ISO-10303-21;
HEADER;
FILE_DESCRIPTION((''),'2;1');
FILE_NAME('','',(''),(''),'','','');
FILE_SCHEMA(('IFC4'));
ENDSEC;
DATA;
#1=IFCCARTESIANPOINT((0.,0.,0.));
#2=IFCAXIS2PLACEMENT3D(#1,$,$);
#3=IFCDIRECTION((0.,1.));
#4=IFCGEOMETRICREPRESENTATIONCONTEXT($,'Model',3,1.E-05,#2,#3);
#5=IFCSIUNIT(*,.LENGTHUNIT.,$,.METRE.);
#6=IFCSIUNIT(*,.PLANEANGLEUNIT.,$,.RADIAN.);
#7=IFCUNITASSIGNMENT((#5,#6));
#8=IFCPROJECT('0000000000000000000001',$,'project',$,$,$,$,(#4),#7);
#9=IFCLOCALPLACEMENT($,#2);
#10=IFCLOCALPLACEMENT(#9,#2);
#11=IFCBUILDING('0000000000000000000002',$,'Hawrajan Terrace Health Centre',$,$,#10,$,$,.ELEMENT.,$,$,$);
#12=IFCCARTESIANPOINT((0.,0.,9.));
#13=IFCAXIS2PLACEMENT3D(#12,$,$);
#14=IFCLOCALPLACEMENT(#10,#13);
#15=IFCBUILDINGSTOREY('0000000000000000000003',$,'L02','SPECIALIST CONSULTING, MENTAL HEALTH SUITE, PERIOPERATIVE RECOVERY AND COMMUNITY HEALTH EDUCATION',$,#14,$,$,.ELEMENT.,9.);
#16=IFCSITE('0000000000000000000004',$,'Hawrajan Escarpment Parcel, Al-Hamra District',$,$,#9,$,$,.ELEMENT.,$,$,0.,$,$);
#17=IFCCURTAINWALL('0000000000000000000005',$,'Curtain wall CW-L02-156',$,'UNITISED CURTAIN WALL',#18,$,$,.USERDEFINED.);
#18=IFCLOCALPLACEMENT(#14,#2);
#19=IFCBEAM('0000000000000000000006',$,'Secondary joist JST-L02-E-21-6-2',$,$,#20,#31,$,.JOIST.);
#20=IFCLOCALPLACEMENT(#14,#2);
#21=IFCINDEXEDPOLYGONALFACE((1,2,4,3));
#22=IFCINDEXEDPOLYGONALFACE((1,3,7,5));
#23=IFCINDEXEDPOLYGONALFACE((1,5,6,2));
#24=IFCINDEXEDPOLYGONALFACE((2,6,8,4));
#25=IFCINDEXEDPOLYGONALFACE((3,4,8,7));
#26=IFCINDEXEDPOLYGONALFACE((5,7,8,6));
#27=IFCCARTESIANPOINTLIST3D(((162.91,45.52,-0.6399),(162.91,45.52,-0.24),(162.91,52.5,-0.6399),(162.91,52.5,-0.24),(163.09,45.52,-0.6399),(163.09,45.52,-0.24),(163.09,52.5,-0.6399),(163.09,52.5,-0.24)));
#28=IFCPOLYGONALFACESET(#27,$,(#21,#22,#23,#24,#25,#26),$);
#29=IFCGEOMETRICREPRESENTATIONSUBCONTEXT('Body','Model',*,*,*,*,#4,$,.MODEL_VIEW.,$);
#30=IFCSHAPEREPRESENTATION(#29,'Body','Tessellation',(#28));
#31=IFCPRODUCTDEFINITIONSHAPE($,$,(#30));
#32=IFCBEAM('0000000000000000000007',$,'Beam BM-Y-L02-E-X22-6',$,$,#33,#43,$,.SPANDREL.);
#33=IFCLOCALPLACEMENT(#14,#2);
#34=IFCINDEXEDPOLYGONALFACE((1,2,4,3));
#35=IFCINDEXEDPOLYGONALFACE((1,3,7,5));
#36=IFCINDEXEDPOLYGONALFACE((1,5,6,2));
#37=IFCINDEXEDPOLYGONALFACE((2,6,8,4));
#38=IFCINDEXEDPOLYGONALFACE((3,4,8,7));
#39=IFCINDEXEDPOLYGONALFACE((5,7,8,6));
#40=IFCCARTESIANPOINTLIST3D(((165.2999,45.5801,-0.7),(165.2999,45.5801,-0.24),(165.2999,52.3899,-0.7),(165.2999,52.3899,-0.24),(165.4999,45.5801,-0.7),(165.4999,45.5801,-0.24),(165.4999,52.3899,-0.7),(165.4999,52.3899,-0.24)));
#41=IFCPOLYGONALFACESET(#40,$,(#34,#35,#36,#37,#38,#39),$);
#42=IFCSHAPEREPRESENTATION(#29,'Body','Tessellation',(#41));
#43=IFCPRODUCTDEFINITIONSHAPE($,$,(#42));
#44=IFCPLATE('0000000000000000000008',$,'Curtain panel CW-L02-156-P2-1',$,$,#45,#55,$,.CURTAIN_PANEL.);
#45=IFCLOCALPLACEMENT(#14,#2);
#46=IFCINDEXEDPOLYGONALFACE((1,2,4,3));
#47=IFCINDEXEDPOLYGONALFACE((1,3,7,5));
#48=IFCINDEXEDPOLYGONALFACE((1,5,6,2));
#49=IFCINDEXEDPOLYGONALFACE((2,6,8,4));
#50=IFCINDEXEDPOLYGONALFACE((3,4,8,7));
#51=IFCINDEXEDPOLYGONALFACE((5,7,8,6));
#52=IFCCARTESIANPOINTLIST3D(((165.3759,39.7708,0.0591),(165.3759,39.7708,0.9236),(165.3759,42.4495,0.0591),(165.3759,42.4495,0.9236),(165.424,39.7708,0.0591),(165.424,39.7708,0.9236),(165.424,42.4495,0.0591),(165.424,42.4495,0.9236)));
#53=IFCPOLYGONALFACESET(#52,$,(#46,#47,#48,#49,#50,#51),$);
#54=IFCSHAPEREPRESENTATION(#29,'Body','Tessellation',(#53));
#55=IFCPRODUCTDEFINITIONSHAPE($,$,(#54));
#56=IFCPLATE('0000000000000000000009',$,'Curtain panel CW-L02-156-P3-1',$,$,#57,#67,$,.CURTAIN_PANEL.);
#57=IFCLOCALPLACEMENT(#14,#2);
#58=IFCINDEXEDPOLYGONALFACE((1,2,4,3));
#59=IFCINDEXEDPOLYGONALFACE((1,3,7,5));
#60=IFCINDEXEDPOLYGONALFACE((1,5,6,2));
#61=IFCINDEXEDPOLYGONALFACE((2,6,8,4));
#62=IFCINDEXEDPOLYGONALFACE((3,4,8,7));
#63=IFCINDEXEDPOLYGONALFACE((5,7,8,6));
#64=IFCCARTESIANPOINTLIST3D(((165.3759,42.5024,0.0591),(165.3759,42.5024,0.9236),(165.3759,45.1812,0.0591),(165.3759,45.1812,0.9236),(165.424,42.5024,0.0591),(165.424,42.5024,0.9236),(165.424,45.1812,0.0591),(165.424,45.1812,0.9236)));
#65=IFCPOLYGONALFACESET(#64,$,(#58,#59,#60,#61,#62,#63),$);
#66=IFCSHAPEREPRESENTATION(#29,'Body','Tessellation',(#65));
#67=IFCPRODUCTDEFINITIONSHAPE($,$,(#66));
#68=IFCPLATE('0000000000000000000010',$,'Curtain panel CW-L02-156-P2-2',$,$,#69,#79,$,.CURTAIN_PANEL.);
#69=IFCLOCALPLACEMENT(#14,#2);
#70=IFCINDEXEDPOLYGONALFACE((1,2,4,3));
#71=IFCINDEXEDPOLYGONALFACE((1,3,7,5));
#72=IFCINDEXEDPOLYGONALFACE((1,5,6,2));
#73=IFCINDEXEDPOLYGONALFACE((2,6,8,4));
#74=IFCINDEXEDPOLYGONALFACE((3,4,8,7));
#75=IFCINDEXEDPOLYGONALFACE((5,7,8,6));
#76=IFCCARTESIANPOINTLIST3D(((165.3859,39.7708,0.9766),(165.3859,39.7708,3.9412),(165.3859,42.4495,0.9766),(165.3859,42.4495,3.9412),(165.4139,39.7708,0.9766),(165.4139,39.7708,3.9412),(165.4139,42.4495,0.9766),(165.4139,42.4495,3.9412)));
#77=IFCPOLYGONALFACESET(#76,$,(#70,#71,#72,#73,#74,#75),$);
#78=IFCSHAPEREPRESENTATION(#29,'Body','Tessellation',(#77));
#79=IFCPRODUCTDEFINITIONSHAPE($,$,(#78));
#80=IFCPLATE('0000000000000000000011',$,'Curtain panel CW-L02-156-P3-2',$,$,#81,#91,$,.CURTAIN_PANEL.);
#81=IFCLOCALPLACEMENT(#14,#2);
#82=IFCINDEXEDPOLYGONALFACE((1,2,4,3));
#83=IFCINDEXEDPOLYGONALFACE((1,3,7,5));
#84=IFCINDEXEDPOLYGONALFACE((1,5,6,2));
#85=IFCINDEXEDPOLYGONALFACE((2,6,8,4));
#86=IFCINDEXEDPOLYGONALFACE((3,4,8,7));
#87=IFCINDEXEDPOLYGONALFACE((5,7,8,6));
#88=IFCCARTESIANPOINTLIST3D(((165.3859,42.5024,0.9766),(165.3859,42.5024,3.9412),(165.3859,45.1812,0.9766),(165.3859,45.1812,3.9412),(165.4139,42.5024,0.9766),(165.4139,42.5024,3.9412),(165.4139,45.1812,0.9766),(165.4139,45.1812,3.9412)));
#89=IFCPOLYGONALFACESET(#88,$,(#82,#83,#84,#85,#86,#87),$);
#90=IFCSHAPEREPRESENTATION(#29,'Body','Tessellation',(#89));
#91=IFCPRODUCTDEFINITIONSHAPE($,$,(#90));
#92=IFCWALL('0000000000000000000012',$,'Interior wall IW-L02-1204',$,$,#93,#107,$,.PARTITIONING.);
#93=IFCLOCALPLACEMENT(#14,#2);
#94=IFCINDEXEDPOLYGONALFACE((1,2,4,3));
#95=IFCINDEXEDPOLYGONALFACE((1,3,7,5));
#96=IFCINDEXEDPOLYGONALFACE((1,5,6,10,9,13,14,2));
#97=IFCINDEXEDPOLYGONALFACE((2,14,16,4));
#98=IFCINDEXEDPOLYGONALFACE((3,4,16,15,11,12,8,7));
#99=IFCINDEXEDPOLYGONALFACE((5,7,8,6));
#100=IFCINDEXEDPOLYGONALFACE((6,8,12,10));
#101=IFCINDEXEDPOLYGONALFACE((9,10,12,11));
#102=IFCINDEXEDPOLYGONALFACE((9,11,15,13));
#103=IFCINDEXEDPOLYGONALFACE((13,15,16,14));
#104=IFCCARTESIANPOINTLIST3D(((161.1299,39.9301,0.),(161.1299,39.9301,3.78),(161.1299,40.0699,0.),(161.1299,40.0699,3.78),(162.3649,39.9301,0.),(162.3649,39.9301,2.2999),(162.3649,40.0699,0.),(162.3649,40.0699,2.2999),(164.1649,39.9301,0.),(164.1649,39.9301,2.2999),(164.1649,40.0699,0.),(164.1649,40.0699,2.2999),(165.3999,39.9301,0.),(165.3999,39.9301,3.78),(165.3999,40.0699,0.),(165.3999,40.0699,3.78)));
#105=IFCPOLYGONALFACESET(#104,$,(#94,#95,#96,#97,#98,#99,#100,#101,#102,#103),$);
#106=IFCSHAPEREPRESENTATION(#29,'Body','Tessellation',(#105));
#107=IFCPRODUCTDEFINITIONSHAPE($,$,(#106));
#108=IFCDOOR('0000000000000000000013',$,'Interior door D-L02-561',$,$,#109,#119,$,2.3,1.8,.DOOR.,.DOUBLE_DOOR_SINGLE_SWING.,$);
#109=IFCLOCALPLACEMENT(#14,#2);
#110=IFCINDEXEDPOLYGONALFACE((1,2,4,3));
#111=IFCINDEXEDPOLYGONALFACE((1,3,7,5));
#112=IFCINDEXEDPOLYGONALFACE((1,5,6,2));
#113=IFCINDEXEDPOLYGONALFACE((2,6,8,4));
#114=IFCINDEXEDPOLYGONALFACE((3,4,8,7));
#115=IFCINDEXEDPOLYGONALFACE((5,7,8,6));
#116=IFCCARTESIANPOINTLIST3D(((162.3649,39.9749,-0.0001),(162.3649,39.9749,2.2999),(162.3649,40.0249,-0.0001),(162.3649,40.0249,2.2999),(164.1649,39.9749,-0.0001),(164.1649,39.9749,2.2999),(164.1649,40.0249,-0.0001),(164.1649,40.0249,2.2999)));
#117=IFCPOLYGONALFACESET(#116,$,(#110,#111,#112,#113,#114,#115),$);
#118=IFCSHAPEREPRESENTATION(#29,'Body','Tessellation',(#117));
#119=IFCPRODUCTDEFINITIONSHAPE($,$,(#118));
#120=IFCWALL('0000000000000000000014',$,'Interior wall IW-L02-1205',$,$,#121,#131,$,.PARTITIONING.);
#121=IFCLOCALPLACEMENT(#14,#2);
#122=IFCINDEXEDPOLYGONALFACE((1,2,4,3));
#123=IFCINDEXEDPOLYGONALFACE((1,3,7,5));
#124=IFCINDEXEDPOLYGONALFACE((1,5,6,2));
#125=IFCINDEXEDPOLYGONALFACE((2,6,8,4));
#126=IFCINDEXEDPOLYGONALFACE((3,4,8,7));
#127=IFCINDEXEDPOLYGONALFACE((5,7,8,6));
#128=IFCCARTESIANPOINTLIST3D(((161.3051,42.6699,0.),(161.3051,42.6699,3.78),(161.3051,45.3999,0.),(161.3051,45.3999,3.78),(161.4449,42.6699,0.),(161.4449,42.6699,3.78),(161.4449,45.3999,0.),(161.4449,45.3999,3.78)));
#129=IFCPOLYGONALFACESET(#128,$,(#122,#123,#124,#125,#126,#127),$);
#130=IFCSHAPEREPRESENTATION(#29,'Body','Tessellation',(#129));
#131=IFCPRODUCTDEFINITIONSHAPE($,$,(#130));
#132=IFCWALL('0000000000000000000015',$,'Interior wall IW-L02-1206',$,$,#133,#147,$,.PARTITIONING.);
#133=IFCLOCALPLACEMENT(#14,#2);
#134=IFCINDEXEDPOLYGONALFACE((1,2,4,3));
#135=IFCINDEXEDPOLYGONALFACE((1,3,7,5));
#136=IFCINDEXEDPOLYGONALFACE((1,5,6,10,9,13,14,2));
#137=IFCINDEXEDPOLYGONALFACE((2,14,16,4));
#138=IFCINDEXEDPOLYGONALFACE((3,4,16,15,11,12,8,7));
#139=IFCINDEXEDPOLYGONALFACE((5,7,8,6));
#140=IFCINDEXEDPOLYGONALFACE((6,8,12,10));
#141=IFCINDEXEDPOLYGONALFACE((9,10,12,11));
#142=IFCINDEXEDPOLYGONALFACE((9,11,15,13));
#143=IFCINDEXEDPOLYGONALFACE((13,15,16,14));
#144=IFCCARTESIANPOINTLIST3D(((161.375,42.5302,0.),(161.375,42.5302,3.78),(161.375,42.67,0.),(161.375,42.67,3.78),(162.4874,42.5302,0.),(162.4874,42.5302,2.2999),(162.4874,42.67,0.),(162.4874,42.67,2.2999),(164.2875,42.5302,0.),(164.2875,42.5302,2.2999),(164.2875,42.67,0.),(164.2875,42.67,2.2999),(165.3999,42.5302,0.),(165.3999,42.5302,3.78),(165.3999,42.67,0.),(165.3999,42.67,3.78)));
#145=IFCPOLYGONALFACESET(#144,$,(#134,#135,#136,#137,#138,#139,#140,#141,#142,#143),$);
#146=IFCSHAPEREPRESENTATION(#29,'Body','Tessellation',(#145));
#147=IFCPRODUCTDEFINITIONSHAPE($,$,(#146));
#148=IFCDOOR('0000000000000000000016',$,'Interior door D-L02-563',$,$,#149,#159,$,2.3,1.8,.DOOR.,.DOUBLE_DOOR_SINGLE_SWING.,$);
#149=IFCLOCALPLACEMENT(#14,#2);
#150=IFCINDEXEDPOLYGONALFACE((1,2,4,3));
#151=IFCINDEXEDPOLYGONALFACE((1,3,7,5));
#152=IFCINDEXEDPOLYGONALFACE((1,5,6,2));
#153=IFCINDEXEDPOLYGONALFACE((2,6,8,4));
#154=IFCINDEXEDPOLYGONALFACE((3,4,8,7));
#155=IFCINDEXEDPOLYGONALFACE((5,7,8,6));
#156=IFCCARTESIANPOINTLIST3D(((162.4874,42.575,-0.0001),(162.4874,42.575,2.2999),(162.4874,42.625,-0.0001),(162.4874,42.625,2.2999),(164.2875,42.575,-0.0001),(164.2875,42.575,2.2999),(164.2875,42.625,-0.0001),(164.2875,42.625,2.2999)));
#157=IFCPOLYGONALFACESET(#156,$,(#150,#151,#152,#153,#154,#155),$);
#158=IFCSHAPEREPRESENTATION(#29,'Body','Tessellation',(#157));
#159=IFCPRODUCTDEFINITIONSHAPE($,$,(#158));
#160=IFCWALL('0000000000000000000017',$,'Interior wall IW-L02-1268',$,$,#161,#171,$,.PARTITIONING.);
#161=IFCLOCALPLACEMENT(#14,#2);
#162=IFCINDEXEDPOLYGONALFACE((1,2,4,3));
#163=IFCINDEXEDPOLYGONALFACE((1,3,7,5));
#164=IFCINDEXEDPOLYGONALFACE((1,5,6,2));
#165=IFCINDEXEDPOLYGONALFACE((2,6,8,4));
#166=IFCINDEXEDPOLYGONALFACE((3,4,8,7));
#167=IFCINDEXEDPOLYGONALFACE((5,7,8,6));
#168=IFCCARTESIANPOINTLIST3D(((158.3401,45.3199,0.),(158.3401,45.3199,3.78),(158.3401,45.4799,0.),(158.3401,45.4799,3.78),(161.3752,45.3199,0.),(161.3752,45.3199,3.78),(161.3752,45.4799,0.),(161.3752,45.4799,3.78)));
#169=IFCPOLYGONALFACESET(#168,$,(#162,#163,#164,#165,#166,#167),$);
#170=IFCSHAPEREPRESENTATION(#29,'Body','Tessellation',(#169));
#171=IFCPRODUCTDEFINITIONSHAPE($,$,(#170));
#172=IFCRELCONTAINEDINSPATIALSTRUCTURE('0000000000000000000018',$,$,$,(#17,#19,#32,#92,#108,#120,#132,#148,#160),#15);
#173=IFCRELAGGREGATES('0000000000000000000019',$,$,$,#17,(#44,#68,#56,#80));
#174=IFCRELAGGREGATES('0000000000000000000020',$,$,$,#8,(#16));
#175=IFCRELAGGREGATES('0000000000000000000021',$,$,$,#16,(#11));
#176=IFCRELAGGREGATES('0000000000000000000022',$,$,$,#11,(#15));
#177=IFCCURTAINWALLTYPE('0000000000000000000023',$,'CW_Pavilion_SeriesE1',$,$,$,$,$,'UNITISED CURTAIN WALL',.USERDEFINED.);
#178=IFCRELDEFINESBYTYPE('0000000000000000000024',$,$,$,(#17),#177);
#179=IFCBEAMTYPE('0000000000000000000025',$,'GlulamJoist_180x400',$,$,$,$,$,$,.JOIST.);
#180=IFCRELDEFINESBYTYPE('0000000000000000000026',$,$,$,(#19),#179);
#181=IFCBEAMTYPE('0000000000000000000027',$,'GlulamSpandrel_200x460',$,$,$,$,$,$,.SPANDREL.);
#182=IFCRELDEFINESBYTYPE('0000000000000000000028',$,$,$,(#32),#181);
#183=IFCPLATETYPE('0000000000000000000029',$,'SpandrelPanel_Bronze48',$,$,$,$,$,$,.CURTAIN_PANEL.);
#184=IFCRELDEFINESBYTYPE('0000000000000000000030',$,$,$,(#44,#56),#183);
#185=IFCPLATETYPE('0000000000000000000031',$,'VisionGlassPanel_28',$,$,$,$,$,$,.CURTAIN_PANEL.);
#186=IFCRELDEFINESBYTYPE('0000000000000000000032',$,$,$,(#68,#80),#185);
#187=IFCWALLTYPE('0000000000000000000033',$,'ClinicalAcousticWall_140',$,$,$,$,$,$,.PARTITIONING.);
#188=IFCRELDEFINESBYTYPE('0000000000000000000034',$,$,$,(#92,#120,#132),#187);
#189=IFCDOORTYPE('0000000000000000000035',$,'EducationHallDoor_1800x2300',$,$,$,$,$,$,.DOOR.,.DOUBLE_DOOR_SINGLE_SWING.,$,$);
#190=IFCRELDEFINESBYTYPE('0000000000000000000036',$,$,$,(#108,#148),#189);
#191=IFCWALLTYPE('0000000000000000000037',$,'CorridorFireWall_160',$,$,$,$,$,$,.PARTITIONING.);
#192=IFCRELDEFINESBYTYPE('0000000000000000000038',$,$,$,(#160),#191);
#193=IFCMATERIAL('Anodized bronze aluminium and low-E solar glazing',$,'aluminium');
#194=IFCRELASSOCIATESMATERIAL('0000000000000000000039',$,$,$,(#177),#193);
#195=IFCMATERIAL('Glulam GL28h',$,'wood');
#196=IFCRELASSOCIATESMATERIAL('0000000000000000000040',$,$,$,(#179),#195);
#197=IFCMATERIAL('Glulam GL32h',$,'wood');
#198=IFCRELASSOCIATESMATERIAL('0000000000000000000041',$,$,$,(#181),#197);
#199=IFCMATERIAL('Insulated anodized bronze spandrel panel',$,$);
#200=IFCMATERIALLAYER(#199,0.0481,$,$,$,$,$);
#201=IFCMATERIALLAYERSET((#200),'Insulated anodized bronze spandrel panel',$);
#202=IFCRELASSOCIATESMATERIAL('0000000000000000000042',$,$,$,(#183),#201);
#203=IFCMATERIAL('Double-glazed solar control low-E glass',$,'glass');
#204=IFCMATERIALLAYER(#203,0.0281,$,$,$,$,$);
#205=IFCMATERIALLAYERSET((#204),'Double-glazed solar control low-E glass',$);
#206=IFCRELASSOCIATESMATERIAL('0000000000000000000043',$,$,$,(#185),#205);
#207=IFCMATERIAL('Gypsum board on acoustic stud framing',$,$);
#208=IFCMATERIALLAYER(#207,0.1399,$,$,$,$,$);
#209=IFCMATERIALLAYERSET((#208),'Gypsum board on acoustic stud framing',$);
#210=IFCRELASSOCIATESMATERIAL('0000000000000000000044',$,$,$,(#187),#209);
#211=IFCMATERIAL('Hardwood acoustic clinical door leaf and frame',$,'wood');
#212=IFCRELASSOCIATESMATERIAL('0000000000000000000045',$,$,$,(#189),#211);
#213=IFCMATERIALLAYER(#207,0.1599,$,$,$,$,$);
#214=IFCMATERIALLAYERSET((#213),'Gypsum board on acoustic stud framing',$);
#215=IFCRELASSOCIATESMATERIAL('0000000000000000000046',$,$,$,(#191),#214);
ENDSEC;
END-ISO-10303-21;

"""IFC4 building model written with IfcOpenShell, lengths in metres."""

from ifc_helpers import new_model, si_unit, direction, frame, frame_2d, origin, origin_2d, place, context, subcontext, project, spatial, rectangle, extrude, material, layer, layer_set, material_profile, profile_set, type_object, element, fill, aggregate, save


model = new_model("IFC4")

# Units and contexts
model_context = context("Model", 3, precision=1e-05, world=origin(), true_north=direction((0.0, 1.0)))
body_context = subcontext(model_context, "Body", "Model", "MODEL_VIEW")
ifc_project = project(units=[si_unit("LENGTHUNIT", "METRE"), si_unit("PLANEANGLEUNIT", "RADIAN")], contexts=[model_context])

# Site, building, storey
site_placement = place(None, origin())
site = spatial("IfcSite", under=ifc_project, at=site_placement, Name="Hawrajan Escarpment Parcel, Al-Hamra District", CompositionType="ELEMENT", RefElevation=0.0)
building_placement = place(site_placement, origin())
building = spatial("IfcBuilding", under=site, at=building_placement, Name="Hawrajan Terrace Health Centre", CompositionType="ELEMENT")
storey_placement = place(building_placement, frame((0.0, 0.0, 9.0)))
storey = spatial("IfcBuildingStorey", under=building, at=storey_placement, Name="L02", Description="SPECIALIST CONSULTING, MENTAL HEALTH SUITE, PERIOPERATIVE RECOVERY AND COMMUNITY HEALTH EDUCATION", CompositionType="ELEMENT", Elevation=9.0)

# Shared definitions
ifc_material_1 = material(Name="Glulam GL32h", Category="wood")

# Curtain wall
ifc_material_2 = material(Name="Anodized bronze aluminium and low-E solar glazing", Category="aluminium")
curtain_wall_type_1 = type_object("IfcCurtainWallType", Name="CW_Pavilion_SeriesE1", ElementType="UNITISED CURTAIN WALL", PredefinedType="USERDEFINED", material=ifc_material_2)
curtain_wall_1_placement = place(storey_placement, origin())
curtain_wall_1 = element("IfcCurtainWall", 1, at=curtain_wall_1_placement, inside=storey, type_object=curtain_wall_type_1, Name="Curtain wall CW-L02-156", ObjectType="UNITISED CURTAIN WALL", PredefinedType="USERDEFINED")

# Beams
ifc_material_3 = material(Name="Glulam GL28h", Category="wood")
ifc_material_profile_1 = material_profile(ifc_material_3, rectangle(XDim=0.1799, YDim=0.3999, at=origin_2d()), Name="GL JST 180x400")
ifc_profile_set_1 = profile_set([ifc_material_profile_1], Name="Glulam GL28h")
beam_type_1 = type_object("IfcBeamType", Name="GlulamJoist_180x400", PredefinedType="JOIST", material=ifc_profile_set_1)
beam_1_placement = place(storey_placement, frame((163.0, 45.52, -0.4399), z_axis=(0.0, 1.0, 0.0), x_axis=(-1.0, 0.0, 0.0)))
element("IfcBeam", 2, at=beam_1_placement, inside=storey, type_object=beam_type_1, Name="Secondary joist JST-L02-E-21-6-2", PredefinedType="JOIST", context=body_context, shape_type="SweptSolid", body=[
    extrude(rectangle(XDim=0.1799, YDim=0.3999, at=origin_2d()), origin(), (0.0, 0.0, 1.0), 6.98),
])
ifc_material_profile_2 = material_profile(ifc_material_1, rectangle(XDim=0.2, YDim=0.46, at=origin_2d()), Name="GL SP 200x460")
ifc_profile_set_2 = profile_set([ifc_material_profile_2], Name="Glulam GL32h")
beam_type_2 = type_object("IfcBeamType", Name="GlulamSpandrel_200x460", PredefinedType="SPANDREL", material=ifc_profile_set_2)
beam_2_placement = place(storey_placement, frame((165.3999, 45.5801, -0.47), z_axis=(0.0, 1.0, 0.0), x_axis=(-1.0, 0.0, 0.0)))
element("IfcBeam", 3, at=beam_2_placement, inside=storey, type_object=beam_type_2, Name="Beam BM-Y-L02-E-X22-6", PredefinedType="SPANDREL", context=body_context, shape_type="SweptSolid", body=[
    extrude(rectangle(XDim=0.2, YDim=0.46, at=origin_2d()), origin(), (0.0, 0.0, 1.0), 6.8098),
])

# Plates
ifc_material_4 = material(Name="Insulated anodized bronze spandrel panel")
ifc_layer_1 = layer(ifc_material_4, 0.0481)
ifc_layer_set_1 = layer_set([ifc_layer_1], Name="Insulated anodized bronze spandrel panel")
plate_type_1 = type_object("IfcPlateType", Name="SpandrelPanel_Bronze48", PredefinedType="CURTAIN_PANEL", material=ifc_layer_set_1)
plate_1_placement = place(storey_placement, frame((165.3999, 41.1101, 0.0591), z_axis=(0.0, 0.0, 1.0), x_axis=(0.0, 1.0, 0.0)))
plate_1 = element("IfcPlate", 4, at=plate_1_placement, type_object=plate_type_1, Name="Curtain panel CW-L02-156-P2-1", PredefinedType="CURTAIN_PANEL", context=body_context, shape_type="SweptSolid", body=[
    extrude(rectangle(XDim=2.6787, YDim=0.0481, at=origin_2d()), origin(), (0.0, 0.0, 1.0), 0.8645),
])
plate_2_placement = place(storey_placement, frame((165.3999, 43.8418, 0.0591), z_axis=(0.0, 0.0, 1.0), x_axis=(0.0, 1.0, 0.0)))
plate_2 = element("IfcPlate", 5, at=plate_2_placement, type_object=plate_type_1, Name="Curtain panel CW-L02-156-P3-1", PredefinedType="CURTAIN_PANEL", context=body_context, shape_type="SweptSolid", body=[
    extrude(rectangle(XDim=2.6787, YDim=0.0481, at=origin_2d()), origin(), (0.0, 0.0, 1.0), 0.8645),
])
ifc_material_5 = material(Name="Double-glazed solar control low-E glass", Category="glass")
ifc_layer_2 = layer(ifc_material_5, 0.0281)
ifc_layer_set_2 = layer_set([ifc_layer_2], Name="Double-glazed solar control low-E glass")
plate_type_2 = type_object("IfcPlateType", Name="VisionGlassPanel_28", PredefinedType="CURTAIN_PANEL", material=ifc_layer_set_2)
plate_3_placement = place(storey_placement, frame((165.3999, 41.1101, 0.9766), z_axis=(0.0, 0.0, 1.0), x_axis=(0.0, 1.0, 0.0)))
plate_3 = element("IfcPlate", 6, at=plate_3_placement, type_object=plate_type_2, Name="Curtain panel CW-L02-156-P2-2", PredefinedType="CURTAIN_PANEL", context=body_context, shape_type="SweptSolid", body=[
    extrude(rectangle(XDim=2.6787, YDim=0.0281, at=origin_2d()), origin(), (0.0, 0.0, 1.0), 2.9646),
])
plate_4_placement = place(storey_placement, frame((165.3999, 43.8418, 0.9766), z_axis=(0.0, 0.0, 1.0), x_axis=(0.0, 1.0, 0.0)))
plate_4 = element("IfcPlate", 7, at=plate_4_placement, type_object=plate_type_2, Name="Curtain panel CW-L02-156-P3-2", PredefinedType="CURTAIN_PANEL", context=body_context, shape_type="SweptSolid", body=[
    extrude(rectangle(XDim=2.6787, YDim=0.0281, at=origin_2d()), origin(), (0.0, 0.0, 1.0), 2.9646),
])
aggregate(curtain_wall_1, [plate_1, plate_3, plate_2, plate_4])

# Wall, opening, door
ifc_material_6 = material(Name="Gypsum board on acoustic stud framing")
ifc_layer_3 = layer(ifc_material_6, 0.1399)
ifc_layer_set_3 = layer_set([ifc_layer_3], Name="Gypsum board on acoustic stud framing")
wall_type_1 = type_object("IfcWallType", Name="ClinicalAcousticWall_140", PredefinedType="PARTITIONING", material=ifc_layer_set_3)
wall_1_placement = place(storey_placement, frame((161.1299, 40.0, 0.0), z_axis=(0.0, 0.0, 1.0), x_axis=(1.0, 0.0, 0.0)))
wall_1 = element("IfcWall", 8, at=wall_1_placement, inside=storey, type_object=wall_type_1, Name="Interior wall IW-L02-1204", PredefinedType="PARTITIONING", context=body_context, shape_type="SweptSolid", body=[
    extrude(rectangle(XDim=4.27, YDim=0.1399, at=frame_2d((2.135, 0.0))), origin(), (0.0, 0.0, 1.0), 3.78),
])
opening_1_placement = place(wall_1_placement, frame((1.2351, 0.0, 0.0)))
opening_1 = element("IfcOpeningElement", 9, at=opening_1_placement, cuts=wall_1, PredefinedType="OPENING", context=body_context, shape_type="SweptSolid", body=[
    extrude(rectangle(XDim=1.8, YDim=2.3, at=frame_2d((0.8999, 1.1499))), frame((0.0, 0.0798, 0.0), z_axis=(0.0, -1.0, 0.0), x_axis=(1.0, 0.0, 0.0)), (0.0, 0.0, 1.0), 0.1599),
])
ifc_material_7 = material(Name="Hardwood acoustic clinical door leaf and frame", Category="wood")
door_type = type_object("IfcDoorType", Name="EducationHallDoor_1800x2300", OperationType="DOUBLE_DOOR_SINGLE_SWING", PredefinedType="DOOR", material=ifc_material_7)
door_1_placement = place(opening_1_placement, origin())
door_1 = element("IfcDoor", 10, at=door_1_placement, inside=storey, type_object=door_type, Name="Interior door D-L02-561", OperationType="DOUBLE_DOOR_SINGLE_SWING", OverallHeight=2.3, OverallWidth=1.8, PredefinedType="DOOR", context=body_context, shape_type="SweptSolid", body=[
    extrude(rectangle(XDim=1.8, YDim=2.3, at=frame_2d((0.8999, 1.1499))), frame((0.0, 0.0249, 0.0), z_axis=(0.0, -1.0, 0.0), x_axis=(1.0, 0.0, 0.0)), (0.0, 0.0, 1.0), 0.05),
])
fill(opening_1, door_1)

# Wall
wall_2_placement = place(storey_placement, frame((161.375, 42.6699, 0.0), z_axis=(0.0, 0.0, 1.0), x_axis=(0.0, 1.0, 0.0)))
element("IfcWall", 11, at=wall_2_placement, inside=storey, type_object=wall_type_1, Name="Interior wall IW-L02-1205", PredefinedType="PARTITIONING", context=body_context, shape_type="SweptSolid", body=[
    extrude(rectangle(XDim=2.73, YDim=0.1399, at=frame_2d((1.365, 0.0))), origin(), (0.0, 0.0, 1.0), 3.78),
])

# Wall, opening, door
wall_3_placement = place(storey_placement, frame((161.375, 42.6001, 0.0), z_axis=(0.0, 0.0, 1.0), x_axis=(1.0, 0.0, 0.0)))
wall_3 = element("IfcWall", 12, at=wall_3_placement, inside=storey, type_object=wall_type_1, Name="Interior wall IW-L02-1206", PredefinedType="PARTITIONING", context=body_context, shape_type="SweptSolid", body=[
    extrude(rectangle(XDim=4.0249, YDim=0.1399, at=frame_2d((2.0125, 0.0))), origin(), (0.0, 0.0, 1.0), 3.78),
])
opening_2_placement = place(wall_3_placement, frame((1.1125, 0.0, 0.0)))
opening_2 = element("IfcOpeningElement", 13, at=opening_2_placement, cuts=wall_3, PredefinedType="OPENING", context=body_context, shape_type="SweptSolid", body=[
    extrude(rectangle(XDim=1.8, YDim=2.3, at=frame_2d((0.8999, 1.1499))), frame((0.0, 0.0798, 0.0), z_axis=(0.0, -1.0, 0.0), x_axis=(1.0, 0.0, 0.0)), (0.0, 0.0, 1.0), 0.1599),
])
door_2_placement = place(opening_2_placement, origin())
door_2 = element("IfcDoor", 14, at=door_2_placement, inside=storey, type_object=door_type, Name="Interior door D-L02-563", OperationType="DOUBLE_DOOR_SINGLE_SWING", OverallHeight=2.3, OverallWidth=1.8, PredefinedType="DOOR", context=body_context, shape_type="SweptSolid", body=[
    extrude(rectangle(XDim=1.8, YDim=2.3, at=frame_2d((0.8999, 1.1499))), frame((0.0, 0.0249, 0.0), z_axis=(0.0, -1.0, 0.0), x_axis=(1.0, 0.0, 0.0)), (0.0, 0.0, 1.0), 0.05),
])
fill(opening_2, door_2)

# Wall
ifc_layer_4 = layer(ifc_material_6, 0.1599)
ifc_layer_set_4 = layer_set([ifc_layer_4], Name="Gypsum board on acoustic stud framing")
wall_type_2 = type_object("IfcWallType", Name="CorridorFireWall_160", PredefinedType="PARTITIONING", material=ifc_layer_set_4)
wall_4_placement = place(storey_placement, frame((161.3752, 45.3999, 0.0), z_axis=(0.0, 0.0, 1.0), x_axis=(-1.0, 0.0, 0.0)))
element("IfcWall", 15, at=wall_4_placement, inside=storey, type_object=wall_type_2, Name="Interior wall IW-L02-1268", PredefinedType="PARTITIONING", context=body_context, shape_type="SweptSolid", body=[
    extrude(rectangle(XDim=3.0352, YDim=0.1599, at=frame_2d((1.5176, 0.0))), origin(), (0.0, 0.0, 1.0), 3.78),
])

save(model, "model.ifc")
